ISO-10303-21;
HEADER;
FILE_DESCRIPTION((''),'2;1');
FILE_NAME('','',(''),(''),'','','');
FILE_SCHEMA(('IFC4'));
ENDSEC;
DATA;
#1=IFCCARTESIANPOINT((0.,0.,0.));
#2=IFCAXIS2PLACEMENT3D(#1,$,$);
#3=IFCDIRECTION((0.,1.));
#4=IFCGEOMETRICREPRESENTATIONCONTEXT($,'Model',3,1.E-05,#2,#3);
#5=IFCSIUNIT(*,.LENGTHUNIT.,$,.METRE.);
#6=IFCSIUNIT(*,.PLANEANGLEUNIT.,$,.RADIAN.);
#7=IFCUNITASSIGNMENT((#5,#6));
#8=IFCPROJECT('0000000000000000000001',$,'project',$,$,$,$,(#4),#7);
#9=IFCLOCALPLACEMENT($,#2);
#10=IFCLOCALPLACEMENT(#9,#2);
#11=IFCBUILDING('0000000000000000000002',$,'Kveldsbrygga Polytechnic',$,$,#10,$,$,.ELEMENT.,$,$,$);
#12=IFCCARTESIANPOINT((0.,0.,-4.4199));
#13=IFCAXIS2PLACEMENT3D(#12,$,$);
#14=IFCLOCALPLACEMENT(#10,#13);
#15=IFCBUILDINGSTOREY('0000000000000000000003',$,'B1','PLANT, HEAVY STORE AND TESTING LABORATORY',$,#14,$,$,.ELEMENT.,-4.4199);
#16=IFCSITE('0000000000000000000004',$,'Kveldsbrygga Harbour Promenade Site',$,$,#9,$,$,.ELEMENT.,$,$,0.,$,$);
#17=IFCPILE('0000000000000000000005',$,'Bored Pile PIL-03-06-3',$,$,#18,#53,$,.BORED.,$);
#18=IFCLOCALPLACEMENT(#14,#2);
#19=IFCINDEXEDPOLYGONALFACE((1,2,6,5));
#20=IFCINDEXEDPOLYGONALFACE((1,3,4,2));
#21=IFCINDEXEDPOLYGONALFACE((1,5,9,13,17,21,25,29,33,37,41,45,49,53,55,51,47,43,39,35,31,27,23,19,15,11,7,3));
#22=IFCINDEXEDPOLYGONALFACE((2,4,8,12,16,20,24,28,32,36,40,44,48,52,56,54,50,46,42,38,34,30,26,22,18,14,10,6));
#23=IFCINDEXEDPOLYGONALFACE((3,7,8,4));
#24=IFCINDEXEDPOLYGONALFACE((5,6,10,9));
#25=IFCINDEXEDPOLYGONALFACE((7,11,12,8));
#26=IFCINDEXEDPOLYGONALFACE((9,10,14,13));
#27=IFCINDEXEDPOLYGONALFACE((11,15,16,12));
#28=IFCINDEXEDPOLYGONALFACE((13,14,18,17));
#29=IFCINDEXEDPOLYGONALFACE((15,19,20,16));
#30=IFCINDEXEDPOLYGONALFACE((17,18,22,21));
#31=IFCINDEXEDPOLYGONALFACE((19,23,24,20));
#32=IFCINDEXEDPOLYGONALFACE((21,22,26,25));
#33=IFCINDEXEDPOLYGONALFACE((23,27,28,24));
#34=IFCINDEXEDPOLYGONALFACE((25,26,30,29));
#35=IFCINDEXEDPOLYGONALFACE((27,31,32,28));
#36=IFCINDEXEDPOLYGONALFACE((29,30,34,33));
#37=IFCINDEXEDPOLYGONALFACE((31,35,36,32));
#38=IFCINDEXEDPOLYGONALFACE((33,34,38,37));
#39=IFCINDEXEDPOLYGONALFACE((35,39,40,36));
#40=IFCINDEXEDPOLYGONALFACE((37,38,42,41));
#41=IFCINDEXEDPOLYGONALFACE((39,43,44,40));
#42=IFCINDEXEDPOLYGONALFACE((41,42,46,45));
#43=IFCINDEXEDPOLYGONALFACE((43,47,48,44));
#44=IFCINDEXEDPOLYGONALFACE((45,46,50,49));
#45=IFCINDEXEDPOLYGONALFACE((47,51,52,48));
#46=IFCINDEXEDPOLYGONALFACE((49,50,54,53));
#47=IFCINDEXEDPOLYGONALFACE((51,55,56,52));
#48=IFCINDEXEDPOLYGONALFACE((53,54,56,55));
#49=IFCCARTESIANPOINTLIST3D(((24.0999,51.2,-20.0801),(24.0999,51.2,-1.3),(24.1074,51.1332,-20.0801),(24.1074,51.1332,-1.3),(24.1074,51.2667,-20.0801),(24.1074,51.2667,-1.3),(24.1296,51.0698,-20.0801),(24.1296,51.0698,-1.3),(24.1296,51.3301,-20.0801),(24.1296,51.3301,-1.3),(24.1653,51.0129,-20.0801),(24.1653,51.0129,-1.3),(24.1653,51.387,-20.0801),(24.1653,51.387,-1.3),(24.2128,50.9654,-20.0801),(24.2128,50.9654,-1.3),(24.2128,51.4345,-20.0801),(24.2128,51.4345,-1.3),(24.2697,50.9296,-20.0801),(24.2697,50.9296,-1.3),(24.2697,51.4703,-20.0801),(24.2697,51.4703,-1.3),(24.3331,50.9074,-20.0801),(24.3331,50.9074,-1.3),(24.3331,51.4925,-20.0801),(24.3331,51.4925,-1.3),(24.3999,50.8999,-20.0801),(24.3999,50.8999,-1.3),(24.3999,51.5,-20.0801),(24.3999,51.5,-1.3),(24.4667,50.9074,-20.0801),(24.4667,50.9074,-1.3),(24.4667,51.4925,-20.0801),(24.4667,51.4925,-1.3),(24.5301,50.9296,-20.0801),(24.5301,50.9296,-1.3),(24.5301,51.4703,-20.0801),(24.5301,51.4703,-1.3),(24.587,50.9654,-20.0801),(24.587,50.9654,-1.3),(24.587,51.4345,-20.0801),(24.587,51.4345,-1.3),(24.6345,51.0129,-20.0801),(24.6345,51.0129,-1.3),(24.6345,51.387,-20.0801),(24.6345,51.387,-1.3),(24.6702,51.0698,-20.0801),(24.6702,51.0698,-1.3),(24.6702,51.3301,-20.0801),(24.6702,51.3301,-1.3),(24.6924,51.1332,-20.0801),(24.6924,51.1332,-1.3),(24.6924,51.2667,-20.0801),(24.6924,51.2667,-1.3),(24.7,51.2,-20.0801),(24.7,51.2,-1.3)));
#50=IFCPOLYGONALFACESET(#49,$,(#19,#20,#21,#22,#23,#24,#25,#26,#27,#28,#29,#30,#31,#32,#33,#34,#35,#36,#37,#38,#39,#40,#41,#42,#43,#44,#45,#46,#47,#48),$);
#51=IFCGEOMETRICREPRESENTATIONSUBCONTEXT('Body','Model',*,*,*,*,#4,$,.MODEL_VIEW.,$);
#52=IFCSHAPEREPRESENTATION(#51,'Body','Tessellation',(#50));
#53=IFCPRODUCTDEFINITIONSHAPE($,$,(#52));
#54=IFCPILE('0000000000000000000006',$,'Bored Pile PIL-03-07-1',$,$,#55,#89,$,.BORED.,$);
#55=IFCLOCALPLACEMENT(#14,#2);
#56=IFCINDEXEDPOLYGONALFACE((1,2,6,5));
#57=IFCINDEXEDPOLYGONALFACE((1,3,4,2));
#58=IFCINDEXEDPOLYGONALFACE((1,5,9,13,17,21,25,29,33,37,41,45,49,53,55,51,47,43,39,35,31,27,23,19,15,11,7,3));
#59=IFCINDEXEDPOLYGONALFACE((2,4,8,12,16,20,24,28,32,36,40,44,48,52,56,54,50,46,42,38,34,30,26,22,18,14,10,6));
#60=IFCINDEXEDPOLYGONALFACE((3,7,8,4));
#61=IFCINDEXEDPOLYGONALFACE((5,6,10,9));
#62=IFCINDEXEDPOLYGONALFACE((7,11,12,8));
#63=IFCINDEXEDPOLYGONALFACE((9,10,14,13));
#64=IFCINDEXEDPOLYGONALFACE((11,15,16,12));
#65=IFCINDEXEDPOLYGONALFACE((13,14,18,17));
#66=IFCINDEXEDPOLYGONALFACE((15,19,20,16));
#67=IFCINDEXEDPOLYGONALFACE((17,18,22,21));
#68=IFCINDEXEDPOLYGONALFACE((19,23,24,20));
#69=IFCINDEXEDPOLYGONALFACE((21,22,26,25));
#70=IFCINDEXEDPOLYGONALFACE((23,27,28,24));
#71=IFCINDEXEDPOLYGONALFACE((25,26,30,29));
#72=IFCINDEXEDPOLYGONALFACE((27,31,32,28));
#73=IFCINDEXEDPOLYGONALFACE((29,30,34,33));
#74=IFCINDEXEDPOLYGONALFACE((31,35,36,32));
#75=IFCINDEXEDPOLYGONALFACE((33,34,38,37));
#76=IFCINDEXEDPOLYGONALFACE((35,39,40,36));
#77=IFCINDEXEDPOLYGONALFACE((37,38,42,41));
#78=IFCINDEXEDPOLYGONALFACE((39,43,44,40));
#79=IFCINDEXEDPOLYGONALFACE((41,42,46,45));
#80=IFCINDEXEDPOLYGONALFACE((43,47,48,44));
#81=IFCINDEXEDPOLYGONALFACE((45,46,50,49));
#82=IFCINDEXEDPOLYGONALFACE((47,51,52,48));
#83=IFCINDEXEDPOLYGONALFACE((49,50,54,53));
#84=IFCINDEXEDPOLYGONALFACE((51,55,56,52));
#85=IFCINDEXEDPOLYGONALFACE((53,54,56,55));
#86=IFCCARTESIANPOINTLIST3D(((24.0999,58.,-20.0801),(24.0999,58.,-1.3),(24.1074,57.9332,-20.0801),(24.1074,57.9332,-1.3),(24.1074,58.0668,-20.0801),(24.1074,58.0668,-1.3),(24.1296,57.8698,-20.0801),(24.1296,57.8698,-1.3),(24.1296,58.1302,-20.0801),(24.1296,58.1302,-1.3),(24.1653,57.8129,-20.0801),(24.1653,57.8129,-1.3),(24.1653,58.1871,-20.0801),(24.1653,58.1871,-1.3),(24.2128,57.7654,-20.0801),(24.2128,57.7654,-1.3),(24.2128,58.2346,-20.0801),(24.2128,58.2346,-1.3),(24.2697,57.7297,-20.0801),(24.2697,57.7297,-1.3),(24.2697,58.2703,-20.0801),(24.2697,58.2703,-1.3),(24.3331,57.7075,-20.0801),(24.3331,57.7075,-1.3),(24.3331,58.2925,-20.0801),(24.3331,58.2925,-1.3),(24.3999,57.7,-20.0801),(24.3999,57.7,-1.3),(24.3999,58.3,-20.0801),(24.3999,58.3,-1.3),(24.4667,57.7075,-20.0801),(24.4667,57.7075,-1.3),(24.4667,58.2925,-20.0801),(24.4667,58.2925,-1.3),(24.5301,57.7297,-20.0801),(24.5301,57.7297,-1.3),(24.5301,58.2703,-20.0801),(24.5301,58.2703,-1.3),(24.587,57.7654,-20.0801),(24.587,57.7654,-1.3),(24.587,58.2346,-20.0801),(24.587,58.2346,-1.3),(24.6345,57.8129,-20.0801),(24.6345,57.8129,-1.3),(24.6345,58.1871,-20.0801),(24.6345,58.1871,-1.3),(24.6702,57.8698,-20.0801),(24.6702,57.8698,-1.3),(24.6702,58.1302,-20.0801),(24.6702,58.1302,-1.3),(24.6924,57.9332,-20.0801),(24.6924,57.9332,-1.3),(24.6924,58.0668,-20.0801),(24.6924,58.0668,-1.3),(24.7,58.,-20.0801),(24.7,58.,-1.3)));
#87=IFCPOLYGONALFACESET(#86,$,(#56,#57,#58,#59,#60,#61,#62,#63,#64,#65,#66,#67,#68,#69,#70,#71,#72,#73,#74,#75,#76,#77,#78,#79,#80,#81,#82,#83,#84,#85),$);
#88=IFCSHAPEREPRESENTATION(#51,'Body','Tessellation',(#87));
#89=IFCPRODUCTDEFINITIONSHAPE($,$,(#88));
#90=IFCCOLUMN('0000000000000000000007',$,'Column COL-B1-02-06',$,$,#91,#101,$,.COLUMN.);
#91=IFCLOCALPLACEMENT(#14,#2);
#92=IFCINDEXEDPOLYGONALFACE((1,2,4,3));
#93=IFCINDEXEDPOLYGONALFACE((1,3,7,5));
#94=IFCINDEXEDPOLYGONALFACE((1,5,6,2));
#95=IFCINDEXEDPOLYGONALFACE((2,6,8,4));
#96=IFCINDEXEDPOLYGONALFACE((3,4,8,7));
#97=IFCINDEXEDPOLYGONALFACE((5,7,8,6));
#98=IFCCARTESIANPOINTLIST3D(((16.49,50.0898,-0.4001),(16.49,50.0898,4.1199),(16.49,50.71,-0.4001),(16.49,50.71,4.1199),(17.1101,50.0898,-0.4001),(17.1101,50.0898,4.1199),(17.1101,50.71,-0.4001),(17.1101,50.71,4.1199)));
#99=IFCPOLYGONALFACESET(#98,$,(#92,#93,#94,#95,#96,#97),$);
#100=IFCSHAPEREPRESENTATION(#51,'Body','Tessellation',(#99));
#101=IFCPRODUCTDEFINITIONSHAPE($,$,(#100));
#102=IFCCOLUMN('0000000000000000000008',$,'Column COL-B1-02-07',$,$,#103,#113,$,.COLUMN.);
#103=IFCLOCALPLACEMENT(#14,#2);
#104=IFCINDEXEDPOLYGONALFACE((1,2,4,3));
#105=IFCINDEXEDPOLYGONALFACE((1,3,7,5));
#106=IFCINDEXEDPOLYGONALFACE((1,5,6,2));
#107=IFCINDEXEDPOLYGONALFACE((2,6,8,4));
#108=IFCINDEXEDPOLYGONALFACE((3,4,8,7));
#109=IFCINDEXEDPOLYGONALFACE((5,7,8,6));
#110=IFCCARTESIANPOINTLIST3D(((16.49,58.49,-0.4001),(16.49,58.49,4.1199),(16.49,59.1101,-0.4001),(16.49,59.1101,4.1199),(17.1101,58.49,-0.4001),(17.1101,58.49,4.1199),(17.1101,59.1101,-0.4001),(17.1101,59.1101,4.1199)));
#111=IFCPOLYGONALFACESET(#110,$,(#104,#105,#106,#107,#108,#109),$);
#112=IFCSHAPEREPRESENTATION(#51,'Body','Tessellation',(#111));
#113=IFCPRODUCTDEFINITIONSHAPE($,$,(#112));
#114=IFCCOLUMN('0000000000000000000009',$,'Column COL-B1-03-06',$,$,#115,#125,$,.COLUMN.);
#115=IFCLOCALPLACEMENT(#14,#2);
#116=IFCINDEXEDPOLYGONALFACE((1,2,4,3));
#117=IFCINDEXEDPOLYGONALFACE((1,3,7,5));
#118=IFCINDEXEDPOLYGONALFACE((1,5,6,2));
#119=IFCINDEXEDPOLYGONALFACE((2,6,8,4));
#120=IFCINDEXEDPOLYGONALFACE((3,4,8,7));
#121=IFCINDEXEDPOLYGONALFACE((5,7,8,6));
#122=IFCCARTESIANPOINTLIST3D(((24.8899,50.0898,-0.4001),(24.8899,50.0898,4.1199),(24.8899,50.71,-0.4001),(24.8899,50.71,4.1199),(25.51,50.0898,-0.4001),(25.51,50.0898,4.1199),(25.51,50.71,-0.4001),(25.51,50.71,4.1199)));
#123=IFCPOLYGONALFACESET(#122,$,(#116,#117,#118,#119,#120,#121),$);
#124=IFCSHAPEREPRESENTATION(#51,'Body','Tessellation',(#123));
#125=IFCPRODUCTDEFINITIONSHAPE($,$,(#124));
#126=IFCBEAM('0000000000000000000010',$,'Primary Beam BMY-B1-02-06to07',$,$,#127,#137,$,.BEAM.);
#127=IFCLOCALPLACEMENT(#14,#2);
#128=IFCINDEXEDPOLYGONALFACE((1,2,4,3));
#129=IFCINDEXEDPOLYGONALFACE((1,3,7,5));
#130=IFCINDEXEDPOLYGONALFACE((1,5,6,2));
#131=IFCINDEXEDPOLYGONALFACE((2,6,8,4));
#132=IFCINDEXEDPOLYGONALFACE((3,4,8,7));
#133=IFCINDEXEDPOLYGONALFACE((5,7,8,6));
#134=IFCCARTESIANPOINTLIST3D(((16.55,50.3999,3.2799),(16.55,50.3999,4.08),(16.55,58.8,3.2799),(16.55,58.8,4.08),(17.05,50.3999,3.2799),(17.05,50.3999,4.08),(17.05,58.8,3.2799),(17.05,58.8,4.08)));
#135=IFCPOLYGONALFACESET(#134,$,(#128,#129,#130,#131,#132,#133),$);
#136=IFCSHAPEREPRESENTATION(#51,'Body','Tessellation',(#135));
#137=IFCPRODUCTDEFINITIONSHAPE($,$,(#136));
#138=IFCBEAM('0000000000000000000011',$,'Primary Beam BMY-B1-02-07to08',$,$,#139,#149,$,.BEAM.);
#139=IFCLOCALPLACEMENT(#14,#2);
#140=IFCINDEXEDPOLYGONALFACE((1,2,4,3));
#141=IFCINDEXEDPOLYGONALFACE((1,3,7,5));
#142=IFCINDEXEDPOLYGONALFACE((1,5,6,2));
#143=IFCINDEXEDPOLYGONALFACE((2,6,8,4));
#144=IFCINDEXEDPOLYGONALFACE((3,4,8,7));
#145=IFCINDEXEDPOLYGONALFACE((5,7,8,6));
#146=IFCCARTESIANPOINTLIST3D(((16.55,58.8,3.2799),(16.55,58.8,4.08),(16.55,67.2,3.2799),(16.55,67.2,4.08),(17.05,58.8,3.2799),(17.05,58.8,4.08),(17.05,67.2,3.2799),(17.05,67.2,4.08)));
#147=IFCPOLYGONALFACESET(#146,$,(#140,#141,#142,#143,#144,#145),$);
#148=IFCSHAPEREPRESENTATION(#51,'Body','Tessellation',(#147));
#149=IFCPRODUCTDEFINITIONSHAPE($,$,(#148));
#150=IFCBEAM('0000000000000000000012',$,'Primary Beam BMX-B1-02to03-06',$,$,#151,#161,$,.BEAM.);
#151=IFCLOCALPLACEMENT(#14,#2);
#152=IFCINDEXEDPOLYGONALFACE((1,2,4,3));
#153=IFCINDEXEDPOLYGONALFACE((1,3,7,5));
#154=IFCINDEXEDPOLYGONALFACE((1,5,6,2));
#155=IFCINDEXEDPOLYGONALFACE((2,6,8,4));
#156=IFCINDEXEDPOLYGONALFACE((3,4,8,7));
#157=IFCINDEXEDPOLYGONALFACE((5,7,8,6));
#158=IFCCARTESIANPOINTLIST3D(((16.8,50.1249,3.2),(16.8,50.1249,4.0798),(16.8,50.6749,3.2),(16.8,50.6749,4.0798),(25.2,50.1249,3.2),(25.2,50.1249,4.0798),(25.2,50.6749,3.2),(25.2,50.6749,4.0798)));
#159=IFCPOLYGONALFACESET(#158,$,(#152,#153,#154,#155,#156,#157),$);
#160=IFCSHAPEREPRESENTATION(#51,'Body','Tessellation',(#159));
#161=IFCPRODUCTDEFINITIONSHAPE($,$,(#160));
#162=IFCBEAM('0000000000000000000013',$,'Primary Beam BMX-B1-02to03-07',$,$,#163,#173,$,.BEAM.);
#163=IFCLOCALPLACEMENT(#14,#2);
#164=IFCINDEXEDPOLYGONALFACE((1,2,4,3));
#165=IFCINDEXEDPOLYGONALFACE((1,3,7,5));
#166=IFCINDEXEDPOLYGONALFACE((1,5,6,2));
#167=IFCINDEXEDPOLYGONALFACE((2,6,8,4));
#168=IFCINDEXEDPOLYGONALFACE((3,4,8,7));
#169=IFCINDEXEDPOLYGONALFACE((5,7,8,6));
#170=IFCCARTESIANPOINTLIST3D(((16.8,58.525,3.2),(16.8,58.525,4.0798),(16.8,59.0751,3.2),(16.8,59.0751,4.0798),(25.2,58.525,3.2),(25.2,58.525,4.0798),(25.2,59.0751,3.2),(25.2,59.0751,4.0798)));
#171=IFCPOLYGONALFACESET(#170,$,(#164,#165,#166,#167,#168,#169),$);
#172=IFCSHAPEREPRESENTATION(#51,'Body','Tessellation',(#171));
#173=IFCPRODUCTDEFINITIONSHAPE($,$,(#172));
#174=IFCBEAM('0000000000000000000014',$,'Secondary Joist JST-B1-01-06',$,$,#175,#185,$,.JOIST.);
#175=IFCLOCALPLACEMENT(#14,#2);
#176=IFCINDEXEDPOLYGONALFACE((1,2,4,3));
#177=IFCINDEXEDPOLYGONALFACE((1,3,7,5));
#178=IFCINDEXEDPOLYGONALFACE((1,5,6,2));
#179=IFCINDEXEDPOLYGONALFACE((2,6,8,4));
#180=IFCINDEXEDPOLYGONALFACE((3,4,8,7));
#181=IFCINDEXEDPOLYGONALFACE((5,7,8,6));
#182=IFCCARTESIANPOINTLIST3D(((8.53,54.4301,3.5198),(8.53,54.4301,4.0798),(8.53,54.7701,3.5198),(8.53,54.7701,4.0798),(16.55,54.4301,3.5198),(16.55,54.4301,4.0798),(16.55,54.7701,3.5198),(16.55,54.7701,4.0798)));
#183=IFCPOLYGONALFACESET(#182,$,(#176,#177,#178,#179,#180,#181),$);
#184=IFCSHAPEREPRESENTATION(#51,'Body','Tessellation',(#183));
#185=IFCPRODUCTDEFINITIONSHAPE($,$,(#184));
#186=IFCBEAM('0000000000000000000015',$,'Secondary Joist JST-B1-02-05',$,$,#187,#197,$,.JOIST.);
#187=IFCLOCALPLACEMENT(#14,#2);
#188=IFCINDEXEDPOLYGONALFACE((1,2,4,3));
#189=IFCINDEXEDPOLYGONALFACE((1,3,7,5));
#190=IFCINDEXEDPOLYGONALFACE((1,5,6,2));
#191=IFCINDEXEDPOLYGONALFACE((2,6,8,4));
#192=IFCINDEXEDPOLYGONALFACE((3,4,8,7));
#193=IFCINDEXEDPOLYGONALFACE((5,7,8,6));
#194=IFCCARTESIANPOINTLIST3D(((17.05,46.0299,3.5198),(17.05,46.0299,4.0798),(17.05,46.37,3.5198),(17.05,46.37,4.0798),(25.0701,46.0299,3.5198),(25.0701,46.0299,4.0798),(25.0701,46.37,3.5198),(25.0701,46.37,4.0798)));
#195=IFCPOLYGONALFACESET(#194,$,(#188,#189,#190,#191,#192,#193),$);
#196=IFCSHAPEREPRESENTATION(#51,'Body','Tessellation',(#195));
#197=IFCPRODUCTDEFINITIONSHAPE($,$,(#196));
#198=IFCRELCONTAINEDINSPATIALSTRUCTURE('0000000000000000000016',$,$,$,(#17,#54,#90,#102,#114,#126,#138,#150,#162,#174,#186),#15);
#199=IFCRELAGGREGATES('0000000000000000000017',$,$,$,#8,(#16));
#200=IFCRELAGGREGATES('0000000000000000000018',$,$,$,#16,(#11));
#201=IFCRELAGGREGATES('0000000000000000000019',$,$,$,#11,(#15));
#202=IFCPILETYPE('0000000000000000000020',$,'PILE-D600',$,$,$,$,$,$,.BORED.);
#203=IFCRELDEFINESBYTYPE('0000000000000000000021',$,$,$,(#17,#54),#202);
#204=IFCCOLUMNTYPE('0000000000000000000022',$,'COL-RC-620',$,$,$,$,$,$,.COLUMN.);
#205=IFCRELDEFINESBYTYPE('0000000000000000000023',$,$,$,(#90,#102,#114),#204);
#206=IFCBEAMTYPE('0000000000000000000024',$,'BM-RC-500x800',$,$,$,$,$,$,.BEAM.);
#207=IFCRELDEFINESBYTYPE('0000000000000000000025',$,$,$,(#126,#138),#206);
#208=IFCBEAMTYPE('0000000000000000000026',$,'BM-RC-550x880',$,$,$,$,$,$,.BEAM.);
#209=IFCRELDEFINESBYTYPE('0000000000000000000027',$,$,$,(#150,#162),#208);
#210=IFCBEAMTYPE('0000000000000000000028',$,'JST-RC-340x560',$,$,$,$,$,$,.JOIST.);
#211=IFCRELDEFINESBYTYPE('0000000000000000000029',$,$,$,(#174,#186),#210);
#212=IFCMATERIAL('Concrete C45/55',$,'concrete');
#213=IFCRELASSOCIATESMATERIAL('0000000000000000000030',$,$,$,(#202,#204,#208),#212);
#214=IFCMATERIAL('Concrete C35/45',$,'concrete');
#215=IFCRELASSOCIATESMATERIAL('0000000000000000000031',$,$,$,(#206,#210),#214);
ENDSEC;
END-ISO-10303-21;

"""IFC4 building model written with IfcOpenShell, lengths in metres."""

from ifc_helpers import new_model, si_unit, direction, frame, origin, origin_2d, place, context, subcontext, project, spatial, rectangle, circle, extrude, material, material_profile, profile_set, type_object, element, save


model = new_model("IFC4")

# Units and contexts
model_context = context("Model", 3, precision=1e-05, world=origin(), true_north=direction((0.0, 1.0)))
body_context = subcontext(model_context, "Body", "Model", "MODEL_VIEW")
ifc_project = project(units=[si_unit("LENGTHUNIT", "METRE"), si_unit("PLANEANGLEUNIT", "RADIAN")], contexts=[model_context])

# Site, building, storey
site_placement = place(None, origin())
site = spatial("IfcSite", under=ifc_project, at=site_placement, Name="Kveldsbrygga Harbour Promenade Site", CompositionType="ELEMENT", RefElevation=0.0)
building_placement = place(site_placement, origin())
building = spatial("IfcBuilding", under=site, at=building_placement, Name="Kveldsbrygga Polytechnic", CompositionType="ELEMENT")
storey_placement = place(building_placement, frame((0.0, 0.0, -4.4199)))
storey = spatial("IfcBuildingStorey", under=building, at=storey_placement, Name="B1", Description="PLANT, HEAVY STORE AND TESTING LABORATORY", CompositionType="ELEMENT", Elevation=-4.4199)

# Shared definitions
ifc_material_1 = material(Name="Concrete C45/55", Category="concrete")
ifc_material_2 = material(Name="Concrete C35/45", Category="concrete")

# Piles
ifc_material_profile_1 = material_profile(ifc_material_1, circle(Radius=0.3, at=origin_2d()), Name="PILE D600")
ifc_profile_set_1 = profile_set([ifc_material_profile_1], Name="Concrete C45/55")
pile_type = type_object("IfcPileType", Name="PILE-D600", PredefinedType="BORED", material=ifc_profile_set_1)
for number, where, z_axis, x_axis, name in (
    (1, (24.3999, 51.2, -1.3), (0.0, 0.0, -1.0), (1.0, 0.0, 0.0), "Bored Pile PIL-03-06-3"),
    (2, (24.3999, 58.0, -1.3), (0.0, 0.0, -1.0), (1.0, 0.0, 0.0), "Bored Pile PIL-03-07-1"),
):
    element("IfcPile", number, at=place(storey_placement, frame(where, z_axis=z_axis, x_axis=x_axis)), inside=storey, type_object=pile_type, Name=name, PredefinedType="BORED", context=body_context, shape_type="SweptSolid", body=[
        extrude(circle(Radius=0.3, at=origin_2d()), origin(), (0.0, 0.0, 1.0), 18.78),
    ])

# Columns
ifc_material_profile_2 = material_profile(ifc_material_1, rectangle(XDim=0.6201, YDim=0.6201, at=origin_2d()), Name="RC 620x620")
ifc_profile_set_2 = profile_set([ifc_material_profile_2], Name="Concrete C45/55")
column_type = type_object("IfcColumnType", Name="COL-RC-620", PredefinedType="COLUMN", material=ifc_profile_set_2)
for number, where, z_axis, x_axis, name in (
    (3, (16.8, 50.3999, -0.4001), (0.0, 0.0, 1.0), (1.0, 0.0, 0.0), "Column COL-B1-02-06"),
    (4, (16.8, 58.8, -0.4001), (0.0, 0.0, 1.0), (1.0, 0.0, 0.0), "Column COL-B1-02-07"),
    (5, (25.2, 50.3999, -0.4001), (0.0, 0.0, 1.0), (1.0, 0.0, 0.0), "Column COL-B1-03-06"),
):
    element("IfcColumn", number, at=place(storey_placement, frame(where, z_axis=z_axis, x_axis=x_axis)), inside=storey, type_object=column_type, Name=name, PredefinedType="COLUMN", context=body_context, shape_type="SweptSolid", body=[
        extrude(rectangle(XDim=0.6201, YDim=0.6201, at=origin_2d()), origin(), (0.0, 0.0, 1.0), 4.52),
    ])

# Beams
ifc_material_profile_3 = material_profile(ifc_material_2, rectangle(XDim=0.5, YDim=0.8, at=origin_2d()), Name="RC 500x800")
ifc_profile_set_3 = profile_set([ifc_material_profile_3], Name="Concrete C35/45")
beam_type_1 = type_object("IfcBeamType", Name="BM-RC-500x800", PredefinedType="BEAM", material=ifc_profile_set_3)
beam_1_placement = place(storey_placement, frame((16.8, 50.3999, 3.6799), z_axis=(0.0, 1.0, 0.0), x_axis=(-1.0, 0.0, 0.0)))
element("IfcBeam", 6, at=beam_1_placement, inside=storey, type_object=beam_type_1, Name="Primary Beam BMY-B1-02-06to07", PredefinedType="BEAM", context=body_context, shape_type="SweptSolid", body=[
    extrude(rectangle(XDim=0.5, YDim=0.8, at=origin_2d()), origin(), (0.0, 0.0, 1.0), 8.4001),
])
beam_2_placement = place(storey_placement, frame((16.8, 58.8, 3.6799), z_axis=(0.0, 1.0, 0.0), x_axis=(-1.0, 0.0, 0.0)))
element("IfcBeam", 7, at=beam_2_placement, inside=storey, type_object=beam_type_1, Name="Primary Beam BMY-B1-02-07to08", PredefinedType="BEAM", context=body_context, shape_type="SweptSolid", body=[
    extrude(rectangle(XDim=0.5, YDim=0.8, at=origin_2d()), origin(), (0.0, 0.0, 1.0), 8.3999),
])
ifc_material_profile_4 = material_profile(ifc_material_1, rectangle(XDim=0.55, YDim=0.8799, at=origin_2d()), Name="RC 550x880")
ifc_profile_set_4 = profile_set([ifc_material_profile_4], Name="Concrete C45/55")
beam_type_2 = type_object("IfcBeamType", Name="BM-RC-550x880", PredefinedType="BEAM", material=ifc_profile_set_4)
for number, where, z_axis, x_axis, name in (
    (8, (16.8, 50.3999, 3.6399), (1.0, 0.0, 0.0), (0.0, 1.0, 0.0), "Primary Beam BMX-B1-02to03-06"),
    (9, (16.8, 58.8, 3.6399), (1.0, 0.0, 0.0), (0.0, 1.0, 0.0), "Primary Beam BMX-B1-02to03-07"),
):
    element("IfcBeam", number, at=place(storey_placement, frame(where, z_axis=z_axis, x_axis=x_axis)), inside=storey, type_object=beam_type_2, Name=name, PredefinedType="BEAM", context=body_context, shape_type="SweptSolid", body=[
        extrude(rectangle(XDim=0.55, YDim=0.8799, at=origin_2d()), origin(), (0.0, 0.0, 1.0), 8.3999),
    ])
ifc_material_profile_5 = material_profile(ifc_material_2, rectangle(XDim=0.3401, YDim=0.5601, at=origin_2d()), Name="RC 340x560")
ifc_profile_set_5 = profile_set([ifc_material_profile_5], Name="Concrete C35/45")
beam_type_3 = type_object("IfcBeamType", Name="JST-RC-340x560", PredefinedType="JOIST", material=ifc_profile_set_5)
for number, where, z_axis, x_axis, name in (
    (10, (8.53, 54.6001, 3.7998), (1.0, 0.0, 0.0), (0.0, 1.0, 0.0), "Secondary Joist JST-B1-01-06"),
    (11, (17.05, 46.2, 3.7998), (1.0, 0.0, 0.0), (0.0, 1.0, 0.0), "Secondary Joist JST-B1-02-05"),
):
    element("IfcBeam", number, at=place(storey_placement, frame(where, z_axis=z_axis, x_axis=x_axis)), inside=storey, type_object=beam_type_3, Name=name, PredefinedType="JOIST", context=body_context, shape_type="SweptSolid", body=[
        extrude(rectangle(XDim=0.3401, YDim=0.5601, at=origin_2d()), origin(), (0.0, 0.0, 1.0), 8.02),
    ])

save(model, "model.ifc")
